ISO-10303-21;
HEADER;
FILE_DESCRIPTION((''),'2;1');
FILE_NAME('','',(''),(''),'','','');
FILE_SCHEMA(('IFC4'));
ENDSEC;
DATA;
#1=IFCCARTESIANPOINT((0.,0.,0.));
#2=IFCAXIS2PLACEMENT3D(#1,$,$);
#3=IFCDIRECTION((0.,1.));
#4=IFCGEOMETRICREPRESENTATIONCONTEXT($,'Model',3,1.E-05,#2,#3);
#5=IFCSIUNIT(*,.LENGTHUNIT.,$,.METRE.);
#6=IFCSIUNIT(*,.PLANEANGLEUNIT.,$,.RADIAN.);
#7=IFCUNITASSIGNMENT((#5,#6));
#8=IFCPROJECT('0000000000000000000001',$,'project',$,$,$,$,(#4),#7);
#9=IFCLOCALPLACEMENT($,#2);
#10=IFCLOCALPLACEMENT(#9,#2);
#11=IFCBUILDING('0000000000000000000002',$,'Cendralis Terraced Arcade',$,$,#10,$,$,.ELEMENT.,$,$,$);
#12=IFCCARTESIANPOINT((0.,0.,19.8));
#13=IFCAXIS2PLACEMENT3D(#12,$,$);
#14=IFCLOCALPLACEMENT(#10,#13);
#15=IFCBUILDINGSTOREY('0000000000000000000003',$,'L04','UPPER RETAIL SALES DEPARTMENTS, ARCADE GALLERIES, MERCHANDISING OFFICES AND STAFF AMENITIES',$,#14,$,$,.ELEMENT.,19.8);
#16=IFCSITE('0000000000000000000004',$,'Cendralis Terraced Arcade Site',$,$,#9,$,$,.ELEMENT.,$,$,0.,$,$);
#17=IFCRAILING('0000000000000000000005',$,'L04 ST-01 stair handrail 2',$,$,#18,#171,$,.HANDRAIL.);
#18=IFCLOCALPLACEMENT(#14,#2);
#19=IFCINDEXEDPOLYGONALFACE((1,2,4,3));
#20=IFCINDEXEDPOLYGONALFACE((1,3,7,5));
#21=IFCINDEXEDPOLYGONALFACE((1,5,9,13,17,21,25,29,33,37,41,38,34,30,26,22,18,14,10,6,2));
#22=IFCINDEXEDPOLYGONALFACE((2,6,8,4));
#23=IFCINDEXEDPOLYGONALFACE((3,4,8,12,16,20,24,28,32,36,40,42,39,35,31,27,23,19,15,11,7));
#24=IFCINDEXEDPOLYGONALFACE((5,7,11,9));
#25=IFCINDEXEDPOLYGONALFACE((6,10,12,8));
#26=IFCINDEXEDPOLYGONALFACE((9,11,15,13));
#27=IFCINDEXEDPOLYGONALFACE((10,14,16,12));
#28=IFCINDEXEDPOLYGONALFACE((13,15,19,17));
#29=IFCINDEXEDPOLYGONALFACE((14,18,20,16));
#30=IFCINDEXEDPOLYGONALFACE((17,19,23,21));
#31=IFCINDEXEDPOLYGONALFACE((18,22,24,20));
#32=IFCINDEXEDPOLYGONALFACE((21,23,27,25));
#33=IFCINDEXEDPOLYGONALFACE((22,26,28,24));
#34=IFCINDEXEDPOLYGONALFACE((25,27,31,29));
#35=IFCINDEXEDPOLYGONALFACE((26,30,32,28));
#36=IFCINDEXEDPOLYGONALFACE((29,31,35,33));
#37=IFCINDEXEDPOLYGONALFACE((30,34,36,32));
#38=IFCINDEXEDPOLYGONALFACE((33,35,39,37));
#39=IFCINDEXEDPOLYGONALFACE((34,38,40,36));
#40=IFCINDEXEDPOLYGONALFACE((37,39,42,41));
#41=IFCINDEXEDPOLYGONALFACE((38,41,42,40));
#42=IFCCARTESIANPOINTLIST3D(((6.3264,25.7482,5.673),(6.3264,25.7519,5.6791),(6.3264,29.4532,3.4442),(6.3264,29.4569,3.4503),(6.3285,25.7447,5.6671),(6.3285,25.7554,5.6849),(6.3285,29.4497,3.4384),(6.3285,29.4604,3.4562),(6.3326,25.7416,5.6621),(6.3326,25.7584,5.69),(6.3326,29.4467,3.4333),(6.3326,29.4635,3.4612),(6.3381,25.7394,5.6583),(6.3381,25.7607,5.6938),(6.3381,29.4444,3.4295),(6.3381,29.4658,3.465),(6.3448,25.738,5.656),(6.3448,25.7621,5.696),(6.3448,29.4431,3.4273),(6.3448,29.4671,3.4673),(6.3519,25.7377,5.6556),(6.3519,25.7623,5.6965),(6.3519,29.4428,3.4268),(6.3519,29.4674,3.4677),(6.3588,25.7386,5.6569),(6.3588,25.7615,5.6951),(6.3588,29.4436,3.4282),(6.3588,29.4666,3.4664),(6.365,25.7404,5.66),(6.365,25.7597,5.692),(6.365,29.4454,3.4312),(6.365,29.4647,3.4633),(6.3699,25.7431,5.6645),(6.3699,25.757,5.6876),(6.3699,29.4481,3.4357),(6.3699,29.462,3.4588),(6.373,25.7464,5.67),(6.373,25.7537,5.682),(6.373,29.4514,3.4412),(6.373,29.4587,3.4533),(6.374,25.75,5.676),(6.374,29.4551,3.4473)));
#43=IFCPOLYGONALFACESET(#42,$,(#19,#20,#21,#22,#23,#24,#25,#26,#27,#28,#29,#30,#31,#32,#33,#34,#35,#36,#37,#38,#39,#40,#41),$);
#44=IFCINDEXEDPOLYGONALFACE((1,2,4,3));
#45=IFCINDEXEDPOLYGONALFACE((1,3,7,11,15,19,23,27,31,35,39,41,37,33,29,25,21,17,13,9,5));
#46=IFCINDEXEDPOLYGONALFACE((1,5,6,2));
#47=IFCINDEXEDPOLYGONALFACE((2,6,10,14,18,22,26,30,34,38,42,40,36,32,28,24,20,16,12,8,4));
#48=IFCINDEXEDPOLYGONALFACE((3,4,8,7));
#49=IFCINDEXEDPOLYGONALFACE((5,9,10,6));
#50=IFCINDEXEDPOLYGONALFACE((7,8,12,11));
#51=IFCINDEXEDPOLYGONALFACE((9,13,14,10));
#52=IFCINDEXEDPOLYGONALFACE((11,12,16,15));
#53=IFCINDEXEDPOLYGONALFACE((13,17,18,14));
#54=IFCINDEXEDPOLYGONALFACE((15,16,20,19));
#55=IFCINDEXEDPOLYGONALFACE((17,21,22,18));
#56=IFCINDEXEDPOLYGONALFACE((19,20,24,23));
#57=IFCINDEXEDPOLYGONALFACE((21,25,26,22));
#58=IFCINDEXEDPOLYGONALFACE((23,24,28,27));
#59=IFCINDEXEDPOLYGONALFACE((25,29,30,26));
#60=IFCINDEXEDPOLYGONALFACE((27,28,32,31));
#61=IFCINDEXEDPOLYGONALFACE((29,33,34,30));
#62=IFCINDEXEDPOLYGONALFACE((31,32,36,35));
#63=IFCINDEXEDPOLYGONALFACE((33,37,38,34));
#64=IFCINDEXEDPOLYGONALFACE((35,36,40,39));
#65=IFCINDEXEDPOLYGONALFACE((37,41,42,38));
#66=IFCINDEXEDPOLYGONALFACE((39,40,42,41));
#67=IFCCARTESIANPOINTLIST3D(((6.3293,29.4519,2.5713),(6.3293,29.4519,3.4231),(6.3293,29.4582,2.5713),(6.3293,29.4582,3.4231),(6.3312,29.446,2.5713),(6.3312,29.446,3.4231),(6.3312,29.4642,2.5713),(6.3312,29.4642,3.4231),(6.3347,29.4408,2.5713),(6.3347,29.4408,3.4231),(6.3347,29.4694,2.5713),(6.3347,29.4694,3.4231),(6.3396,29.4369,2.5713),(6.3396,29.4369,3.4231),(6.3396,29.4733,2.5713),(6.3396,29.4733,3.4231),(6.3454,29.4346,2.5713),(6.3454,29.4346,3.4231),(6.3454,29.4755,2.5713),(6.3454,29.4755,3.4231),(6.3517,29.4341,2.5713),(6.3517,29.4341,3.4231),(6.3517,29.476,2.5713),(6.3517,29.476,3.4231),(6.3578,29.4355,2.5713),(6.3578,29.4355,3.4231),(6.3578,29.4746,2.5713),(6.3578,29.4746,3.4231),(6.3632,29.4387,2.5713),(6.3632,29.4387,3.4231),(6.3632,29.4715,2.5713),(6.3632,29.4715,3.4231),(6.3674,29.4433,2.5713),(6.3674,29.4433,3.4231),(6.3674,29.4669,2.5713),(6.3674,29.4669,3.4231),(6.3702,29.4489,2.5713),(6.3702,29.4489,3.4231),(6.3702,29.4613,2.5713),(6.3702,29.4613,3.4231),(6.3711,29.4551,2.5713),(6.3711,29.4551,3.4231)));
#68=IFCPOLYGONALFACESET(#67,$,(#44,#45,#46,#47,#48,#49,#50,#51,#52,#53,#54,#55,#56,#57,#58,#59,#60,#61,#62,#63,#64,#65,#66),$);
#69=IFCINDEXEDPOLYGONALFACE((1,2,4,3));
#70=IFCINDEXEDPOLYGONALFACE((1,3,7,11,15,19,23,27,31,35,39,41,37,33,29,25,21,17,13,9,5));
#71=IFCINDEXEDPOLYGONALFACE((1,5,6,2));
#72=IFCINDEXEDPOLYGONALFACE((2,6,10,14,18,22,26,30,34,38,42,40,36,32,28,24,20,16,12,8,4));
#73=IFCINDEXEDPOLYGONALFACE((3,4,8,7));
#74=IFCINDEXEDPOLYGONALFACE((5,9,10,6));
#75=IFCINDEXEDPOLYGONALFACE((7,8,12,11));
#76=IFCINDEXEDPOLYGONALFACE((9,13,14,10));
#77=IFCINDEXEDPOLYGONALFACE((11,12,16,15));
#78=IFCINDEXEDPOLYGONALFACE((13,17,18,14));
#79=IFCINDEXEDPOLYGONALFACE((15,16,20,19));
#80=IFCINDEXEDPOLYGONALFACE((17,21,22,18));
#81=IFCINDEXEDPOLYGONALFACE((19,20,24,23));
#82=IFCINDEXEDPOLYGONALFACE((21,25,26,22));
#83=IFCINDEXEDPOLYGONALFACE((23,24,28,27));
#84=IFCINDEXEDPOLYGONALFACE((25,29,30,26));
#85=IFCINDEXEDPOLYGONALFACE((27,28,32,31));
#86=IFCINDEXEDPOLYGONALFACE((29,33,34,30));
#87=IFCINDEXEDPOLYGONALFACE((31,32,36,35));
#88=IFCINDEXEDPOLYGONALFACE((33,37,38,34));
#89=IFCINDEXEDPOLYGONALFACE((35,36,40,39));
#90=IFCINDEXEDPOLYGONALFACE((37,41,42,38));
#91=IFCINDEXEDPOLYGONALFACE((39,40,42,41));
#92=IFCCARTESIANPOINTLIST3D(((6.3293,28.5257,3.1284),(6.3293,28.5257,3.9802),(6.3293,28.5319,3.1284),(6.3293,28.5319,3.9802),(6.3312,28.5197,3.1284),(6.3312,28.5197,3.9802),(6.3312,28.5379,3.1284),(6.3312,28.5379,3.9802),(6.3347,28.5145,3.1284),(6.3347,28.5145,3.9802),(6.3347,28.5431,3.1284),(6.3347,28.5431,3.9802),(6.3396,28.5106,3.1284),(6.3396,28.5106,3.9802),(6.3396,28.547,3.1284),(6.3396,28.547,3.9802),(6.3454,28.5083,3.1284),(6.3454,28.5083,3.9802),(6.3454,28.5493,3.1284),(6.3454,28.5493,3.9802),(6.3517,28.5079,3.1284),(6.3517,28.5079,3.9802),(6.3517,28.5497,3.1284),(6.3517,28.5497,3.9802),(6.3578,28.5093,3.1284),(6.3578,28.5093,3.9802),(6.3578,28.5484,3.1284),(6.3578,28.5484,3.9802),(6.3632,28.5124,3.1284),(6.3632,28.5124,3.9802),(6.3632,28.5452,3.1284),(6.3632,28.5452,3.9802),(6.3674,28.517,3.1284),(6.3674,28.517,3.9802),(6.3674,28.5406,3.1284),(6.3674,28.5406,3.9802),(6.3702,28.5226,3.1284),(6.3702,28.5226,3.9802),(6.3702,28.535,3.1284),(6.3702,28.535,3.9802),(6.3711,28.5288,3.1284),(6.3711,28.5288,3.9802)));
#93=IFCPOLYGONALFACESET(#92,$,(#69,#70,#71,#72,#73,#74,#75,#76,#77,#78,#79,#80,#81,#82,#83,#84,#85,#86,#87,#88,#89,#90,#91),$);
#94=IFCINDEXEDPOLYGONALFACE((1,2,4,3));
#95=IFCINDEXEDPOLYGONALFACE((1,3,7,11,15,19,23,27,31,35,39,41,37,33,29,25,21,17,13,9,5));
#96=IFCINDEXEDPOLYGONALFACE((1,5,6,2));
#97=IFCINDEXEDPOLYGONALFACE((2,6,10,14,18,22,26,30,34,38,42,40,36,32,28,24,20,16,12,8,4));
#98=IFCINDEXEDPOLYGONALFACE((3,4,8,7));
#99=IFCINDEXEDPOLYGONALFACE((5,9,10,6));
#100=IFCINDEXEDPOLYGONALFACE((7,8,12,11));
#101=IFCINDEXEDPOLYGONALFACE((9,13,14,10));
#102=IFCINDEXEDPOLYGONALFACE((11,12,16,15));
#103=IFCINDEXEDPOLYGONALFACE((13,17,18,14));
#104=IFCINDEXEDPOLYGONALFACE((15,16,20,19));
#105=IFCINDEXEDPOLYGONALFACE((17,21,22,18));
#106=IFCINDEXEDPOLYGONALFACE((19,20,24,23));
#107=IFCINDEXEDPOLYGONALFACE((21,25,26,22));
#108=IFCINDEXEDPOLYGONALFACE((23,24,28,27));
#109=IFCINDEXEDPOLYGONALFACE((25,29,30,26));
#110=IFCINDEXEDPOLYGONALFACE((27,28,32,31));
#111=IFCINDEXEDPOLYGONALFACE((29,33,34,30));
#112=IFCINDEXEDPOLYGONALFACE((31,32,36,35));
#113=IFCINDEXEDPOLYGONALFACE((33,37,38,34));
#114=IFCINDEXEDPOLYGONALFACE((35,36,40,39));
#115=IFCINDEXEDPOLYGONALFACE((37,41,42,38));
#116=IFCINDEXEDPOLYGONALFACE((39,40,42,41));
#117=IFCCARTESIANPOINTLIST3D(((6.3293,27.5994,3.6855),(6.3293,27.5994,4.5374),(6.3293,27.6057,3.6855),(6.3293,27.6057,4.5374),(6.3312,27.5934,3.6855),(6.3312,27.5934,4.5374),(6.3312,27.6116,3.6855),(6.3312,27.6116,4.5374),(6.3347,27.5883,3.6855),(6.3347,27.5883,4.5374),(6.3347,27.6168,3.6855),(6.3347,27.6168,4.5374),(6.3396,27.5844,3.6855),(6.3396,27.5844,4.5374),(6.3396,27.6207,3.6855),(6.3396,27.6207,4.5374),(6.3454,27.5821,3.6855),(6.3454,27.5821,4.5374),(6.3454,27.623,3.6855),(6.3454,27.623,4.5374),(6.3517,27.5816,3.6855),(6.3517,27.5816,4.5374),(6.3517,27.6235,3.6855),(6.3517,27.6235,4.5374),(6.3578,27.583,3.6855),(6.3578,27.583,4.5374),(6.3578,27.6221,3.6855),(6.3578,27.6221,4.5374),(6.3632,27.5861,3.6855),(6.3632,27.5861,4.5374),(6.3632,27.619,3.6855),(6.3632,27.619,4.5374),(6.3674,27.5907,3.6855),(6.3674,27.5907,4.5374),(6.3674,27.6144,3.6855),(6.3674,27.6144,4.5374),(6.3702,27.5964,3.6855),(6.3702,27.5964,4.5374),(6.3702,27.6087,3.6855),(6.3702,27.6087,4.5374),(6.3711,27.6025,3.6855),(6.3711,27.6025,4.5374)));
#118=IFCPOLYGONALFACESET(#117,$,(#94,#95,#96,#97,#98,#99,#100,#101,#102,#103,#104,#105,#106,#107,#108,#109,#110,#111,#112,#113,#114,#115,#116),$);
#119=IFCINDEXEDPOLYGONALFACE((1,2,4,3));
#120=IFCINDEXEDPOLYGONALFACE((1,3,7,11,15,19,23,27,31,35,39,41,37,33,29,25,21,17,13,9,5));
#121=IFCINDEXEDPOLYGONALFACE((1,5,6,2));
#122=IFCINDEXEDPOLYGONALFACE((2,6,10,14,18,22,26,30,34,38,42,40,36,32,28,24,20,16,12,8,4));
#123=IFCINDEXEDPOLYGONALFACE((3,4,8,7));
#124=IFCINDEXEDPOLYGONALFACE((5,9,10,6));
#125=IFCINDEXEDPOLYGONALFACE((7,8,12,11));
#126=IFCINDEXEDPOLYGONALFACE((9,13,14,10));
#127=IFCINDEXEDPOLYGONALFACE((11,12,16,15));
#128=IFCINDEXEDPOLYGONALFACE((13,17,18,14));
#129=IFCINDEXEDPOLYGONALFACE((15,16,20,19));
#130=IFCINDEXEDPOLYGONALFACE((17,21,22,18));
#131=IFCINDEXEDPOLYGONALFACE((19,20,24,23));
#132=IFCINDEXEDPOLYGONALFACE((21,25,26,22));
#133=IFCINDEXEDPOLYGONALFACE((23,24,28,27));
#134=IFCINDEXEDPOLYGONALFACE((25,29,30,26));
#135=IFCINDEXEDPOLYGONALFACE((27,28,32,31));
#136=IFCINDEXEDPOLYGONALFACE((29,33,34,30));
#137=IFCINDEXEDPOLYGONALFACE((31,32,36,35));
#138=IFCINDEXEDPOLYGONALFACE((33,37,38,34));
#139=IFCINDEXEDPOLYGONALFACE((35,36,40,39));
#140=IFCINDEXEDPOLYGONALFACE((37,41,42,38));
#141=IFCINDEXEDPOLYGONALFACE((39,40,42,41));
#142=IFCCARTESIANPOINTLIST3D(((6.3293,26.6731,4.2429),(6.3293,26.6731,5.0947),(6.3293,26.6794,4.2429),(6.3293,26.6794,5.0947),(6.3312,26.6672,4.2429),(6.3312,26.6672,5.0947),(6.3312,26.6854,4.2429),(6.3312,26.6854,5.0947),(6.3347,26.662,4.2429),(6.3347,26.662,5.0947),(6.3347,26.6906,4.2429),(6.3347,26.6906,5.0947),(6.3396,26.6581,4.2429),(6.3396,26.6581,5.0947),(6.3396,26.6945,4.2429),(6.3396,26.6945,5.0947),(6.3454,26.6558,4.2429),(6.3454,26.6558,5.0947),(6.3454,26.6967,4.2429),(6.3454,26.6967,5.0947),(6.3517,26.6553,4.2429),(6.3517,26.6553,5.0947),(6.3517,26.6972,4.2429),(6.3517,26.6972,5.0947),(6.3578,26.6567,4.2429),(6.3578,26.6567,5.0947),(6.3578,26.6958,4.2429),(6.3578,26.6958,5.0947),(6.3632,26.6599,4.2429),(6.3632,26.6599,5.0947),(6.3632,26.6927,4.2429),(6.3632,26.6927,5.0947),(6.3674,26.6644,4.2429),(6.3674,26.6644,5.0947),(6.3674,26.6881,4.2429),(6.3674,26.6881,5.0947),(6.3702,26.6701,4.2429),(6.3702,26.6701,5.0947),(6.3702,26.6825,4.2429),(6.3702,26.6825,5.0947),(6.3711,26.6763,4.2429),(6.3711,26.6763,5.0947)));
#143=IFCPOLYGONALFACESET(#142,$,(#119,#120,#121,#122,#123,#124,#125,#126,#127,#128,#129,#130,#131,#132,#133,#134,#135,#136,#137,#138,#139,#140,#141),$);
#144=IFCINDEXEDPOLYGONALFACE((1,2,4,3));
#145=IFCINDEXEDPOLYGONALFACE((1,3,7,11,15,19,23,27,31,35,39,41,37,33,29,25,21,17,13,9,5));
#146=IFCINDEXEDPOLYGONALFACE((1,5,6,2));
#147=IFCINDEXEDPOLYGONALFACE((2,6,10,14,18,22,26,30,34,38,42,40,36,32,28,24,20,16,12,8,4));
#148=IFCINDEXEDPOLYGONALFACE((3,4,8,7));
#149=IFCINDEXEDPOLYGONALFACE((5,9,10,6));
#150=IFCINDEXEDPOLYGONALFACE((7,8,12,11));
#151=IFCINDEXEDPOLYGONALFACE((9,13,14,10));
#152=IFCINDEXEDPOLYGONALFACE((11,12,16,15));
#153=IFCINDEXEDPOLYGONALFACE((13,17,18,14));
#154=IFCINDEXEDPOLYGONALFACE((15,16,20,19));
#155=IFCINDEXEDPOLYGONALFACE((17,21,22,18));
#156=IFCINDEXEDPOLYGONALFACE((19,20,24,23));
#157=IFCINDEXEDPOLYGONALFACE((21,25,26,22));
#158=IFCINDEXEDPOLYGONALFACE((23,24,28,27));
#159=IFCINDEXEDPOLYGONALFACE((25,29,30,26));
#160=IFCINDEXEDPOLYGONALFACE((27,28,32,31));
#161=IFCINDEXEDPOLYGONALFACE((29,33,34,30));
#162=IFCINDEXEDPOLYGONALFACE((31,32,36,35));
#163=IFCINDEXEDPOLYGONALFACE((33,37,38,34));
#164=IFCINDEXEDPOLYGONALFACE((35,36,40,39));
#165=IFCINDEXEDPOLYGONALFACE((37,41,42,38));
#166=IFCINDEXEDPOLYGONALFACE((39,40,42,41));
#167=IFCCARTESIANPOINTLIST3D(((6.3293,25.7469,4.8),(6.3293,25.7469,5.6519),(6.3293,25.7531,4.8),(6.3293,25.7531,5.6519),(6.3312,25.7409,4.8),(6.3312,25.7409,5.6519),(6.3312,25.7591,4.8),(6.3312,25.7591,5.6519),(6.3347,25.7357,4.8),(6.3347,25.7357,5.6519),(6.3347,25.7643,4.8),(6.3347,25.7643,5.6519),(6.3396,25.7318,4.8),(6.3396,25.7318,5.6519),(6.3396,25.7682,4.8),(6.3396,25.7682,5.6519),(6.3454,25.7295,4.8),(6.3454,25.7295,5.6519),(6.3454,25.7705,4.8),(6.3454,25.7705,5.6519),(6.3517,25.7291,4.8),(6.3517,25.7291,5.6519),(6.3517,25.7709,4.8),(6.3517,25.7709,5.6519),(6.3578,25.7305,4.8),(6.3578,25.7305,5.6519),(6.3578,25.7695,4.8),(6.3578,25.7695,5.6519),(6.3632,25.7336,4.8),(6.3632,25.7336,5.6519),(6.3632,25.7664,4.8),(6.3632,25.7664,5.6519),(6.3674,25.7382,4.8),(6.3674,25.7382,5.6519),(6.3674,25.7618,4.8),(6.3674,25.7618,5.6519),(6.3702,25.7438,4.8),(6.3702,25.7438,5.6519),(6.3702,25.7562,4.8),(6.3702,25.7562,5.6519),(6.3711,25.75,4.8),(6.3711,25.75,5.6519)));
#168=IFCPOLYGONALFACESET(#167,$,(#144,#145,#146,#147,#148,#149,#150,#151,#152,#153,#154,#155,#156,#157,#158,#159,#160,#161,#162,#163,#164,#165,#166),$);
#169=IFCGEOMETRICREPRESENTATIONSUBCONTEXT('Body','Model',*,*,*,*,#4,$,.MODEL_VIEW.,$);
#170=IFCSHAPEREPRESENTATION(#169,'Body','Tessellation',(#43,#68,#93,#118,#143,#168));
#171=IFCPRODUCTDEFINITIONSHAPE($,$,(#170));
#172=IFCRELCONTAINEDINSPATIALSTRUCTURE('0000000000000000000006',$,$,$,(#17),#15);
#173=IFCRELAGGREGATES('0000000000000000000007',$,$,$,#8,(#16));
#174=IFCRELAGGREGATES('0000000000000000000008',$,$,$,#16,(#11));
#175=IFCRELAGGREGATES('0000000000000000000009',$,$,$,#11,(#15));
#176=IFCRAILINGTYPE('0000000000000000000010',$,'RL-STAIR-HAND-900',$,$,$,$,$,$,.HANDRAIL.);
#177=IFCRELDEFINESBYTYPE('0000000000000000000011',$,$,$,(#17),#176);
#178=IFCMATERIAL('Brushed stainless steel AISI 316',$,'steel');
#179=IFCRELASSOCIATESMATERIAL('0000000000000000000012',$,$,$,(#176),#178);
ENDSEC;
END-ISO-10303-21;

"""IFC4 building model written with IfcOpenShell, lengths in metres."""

from ifc_helpers import new_model, si_unit, direction, frame, origin, origin_2d, place, context, subcontext, project, spatial, circle, extrude, material, type_object, element, save


model = new_model("IFC4")

# Units and contexts
model_context = context("Model", 3, precision=1e-05, world=origin(), true_north=direction((0.0, 1.0)))
body_context = subcontext(model_context, "Body", "Model", "MODEL_VIEW")
ifc_project = project(units=[si_unit("LENGTHUNIT", "METRE"), si_unit("PLANEANGLEUNIT", "RADIAN")], contexts=[model_context])

# Site, building, storey
site_placement = place(None, origin())
site = spatial("IfcSite", under=ifc_project, at=site_placement, Name="Cendralis Terraced Arcade Site", CompositionType="ELEMENT", RefElevation=0.0)
building_placement = place(site_placement, origin())
building = spatial("IfcBuilding", under=site, at=building_placement, Name="Cendralis Terraced Arcade", CompositionType="ELEMENT")
storey_placement = place(building_placement, frame((0.0, 0.0, 19.8)))
storey = spatial("IfcBuildingStorey", under=building, at=storey_placement, Name="L04", Description="UPPER RETAIL SALES DEPARTMENTS, ARCADE GALLERIES, MERCHANDISING OFFICES AND STAFF AMENITIES", CompositionType="ELEMENT", Elevation=19.8)

# Railing
ifc_material_1 = material(Name="Brushed stainless steel AISI 316", Category="steel")
railing_type_1 = type_object("IfcRailingType", Name="RL-STAIR-HAND-900", PredefinedType="HANDRAIL", material=ifc_material_1)
railing_1_placement = place(storey_placement, frame((6.3501, 29.4551, 2.5713)))
element("IfcRailing", 1, at=railing_1_placement, inside=storey, type_object=railing_type_1, Name="L04 ST-01 stair handrail 2", PredefinedType="HANDRAIL", context=body_context, shape_type="SweptSolid", body=[
    extrude(circle(Radius=0.0239, at=origin_2d()), frame((0.0, 0.0, 0.876), z_axis=(0.0, -0.856909, 0.515467), x_axis=(1.0, 0.0, 0.0)), (0.0, 0.0, 1.0), 4.3237),
    extrude(circle(Radius=0.021, at=origin_2d()), origin(), (0.0, 0.0, 1.0), 0.8518),
    extrude(circle(Radius=0.021, at=origin_2d()), frame((0.0, -0.9263, 0.5571)), (0.0, 0.0, 1.0), 0.8518),
    extrude(circle(Radius=0.021, at=origin_2d()), frame((0.0, -1.8525, 1.1143)), (0.0, 0.0, 1.0), 0.8518),
    extrude(circle(Radius=0.021, at=origin_2d()), frame((0.0, -2.7788, 1.6716)), (0.0, 0.0, 1.0), 0.8518),
    extrude(circle(Radius=0.021, at=origin_2d()), frame((0.0, -3.7051, 2.2288)), (0.0, 0.0, 1.0), 0.8518),
])

save(model, "model.ifc")
